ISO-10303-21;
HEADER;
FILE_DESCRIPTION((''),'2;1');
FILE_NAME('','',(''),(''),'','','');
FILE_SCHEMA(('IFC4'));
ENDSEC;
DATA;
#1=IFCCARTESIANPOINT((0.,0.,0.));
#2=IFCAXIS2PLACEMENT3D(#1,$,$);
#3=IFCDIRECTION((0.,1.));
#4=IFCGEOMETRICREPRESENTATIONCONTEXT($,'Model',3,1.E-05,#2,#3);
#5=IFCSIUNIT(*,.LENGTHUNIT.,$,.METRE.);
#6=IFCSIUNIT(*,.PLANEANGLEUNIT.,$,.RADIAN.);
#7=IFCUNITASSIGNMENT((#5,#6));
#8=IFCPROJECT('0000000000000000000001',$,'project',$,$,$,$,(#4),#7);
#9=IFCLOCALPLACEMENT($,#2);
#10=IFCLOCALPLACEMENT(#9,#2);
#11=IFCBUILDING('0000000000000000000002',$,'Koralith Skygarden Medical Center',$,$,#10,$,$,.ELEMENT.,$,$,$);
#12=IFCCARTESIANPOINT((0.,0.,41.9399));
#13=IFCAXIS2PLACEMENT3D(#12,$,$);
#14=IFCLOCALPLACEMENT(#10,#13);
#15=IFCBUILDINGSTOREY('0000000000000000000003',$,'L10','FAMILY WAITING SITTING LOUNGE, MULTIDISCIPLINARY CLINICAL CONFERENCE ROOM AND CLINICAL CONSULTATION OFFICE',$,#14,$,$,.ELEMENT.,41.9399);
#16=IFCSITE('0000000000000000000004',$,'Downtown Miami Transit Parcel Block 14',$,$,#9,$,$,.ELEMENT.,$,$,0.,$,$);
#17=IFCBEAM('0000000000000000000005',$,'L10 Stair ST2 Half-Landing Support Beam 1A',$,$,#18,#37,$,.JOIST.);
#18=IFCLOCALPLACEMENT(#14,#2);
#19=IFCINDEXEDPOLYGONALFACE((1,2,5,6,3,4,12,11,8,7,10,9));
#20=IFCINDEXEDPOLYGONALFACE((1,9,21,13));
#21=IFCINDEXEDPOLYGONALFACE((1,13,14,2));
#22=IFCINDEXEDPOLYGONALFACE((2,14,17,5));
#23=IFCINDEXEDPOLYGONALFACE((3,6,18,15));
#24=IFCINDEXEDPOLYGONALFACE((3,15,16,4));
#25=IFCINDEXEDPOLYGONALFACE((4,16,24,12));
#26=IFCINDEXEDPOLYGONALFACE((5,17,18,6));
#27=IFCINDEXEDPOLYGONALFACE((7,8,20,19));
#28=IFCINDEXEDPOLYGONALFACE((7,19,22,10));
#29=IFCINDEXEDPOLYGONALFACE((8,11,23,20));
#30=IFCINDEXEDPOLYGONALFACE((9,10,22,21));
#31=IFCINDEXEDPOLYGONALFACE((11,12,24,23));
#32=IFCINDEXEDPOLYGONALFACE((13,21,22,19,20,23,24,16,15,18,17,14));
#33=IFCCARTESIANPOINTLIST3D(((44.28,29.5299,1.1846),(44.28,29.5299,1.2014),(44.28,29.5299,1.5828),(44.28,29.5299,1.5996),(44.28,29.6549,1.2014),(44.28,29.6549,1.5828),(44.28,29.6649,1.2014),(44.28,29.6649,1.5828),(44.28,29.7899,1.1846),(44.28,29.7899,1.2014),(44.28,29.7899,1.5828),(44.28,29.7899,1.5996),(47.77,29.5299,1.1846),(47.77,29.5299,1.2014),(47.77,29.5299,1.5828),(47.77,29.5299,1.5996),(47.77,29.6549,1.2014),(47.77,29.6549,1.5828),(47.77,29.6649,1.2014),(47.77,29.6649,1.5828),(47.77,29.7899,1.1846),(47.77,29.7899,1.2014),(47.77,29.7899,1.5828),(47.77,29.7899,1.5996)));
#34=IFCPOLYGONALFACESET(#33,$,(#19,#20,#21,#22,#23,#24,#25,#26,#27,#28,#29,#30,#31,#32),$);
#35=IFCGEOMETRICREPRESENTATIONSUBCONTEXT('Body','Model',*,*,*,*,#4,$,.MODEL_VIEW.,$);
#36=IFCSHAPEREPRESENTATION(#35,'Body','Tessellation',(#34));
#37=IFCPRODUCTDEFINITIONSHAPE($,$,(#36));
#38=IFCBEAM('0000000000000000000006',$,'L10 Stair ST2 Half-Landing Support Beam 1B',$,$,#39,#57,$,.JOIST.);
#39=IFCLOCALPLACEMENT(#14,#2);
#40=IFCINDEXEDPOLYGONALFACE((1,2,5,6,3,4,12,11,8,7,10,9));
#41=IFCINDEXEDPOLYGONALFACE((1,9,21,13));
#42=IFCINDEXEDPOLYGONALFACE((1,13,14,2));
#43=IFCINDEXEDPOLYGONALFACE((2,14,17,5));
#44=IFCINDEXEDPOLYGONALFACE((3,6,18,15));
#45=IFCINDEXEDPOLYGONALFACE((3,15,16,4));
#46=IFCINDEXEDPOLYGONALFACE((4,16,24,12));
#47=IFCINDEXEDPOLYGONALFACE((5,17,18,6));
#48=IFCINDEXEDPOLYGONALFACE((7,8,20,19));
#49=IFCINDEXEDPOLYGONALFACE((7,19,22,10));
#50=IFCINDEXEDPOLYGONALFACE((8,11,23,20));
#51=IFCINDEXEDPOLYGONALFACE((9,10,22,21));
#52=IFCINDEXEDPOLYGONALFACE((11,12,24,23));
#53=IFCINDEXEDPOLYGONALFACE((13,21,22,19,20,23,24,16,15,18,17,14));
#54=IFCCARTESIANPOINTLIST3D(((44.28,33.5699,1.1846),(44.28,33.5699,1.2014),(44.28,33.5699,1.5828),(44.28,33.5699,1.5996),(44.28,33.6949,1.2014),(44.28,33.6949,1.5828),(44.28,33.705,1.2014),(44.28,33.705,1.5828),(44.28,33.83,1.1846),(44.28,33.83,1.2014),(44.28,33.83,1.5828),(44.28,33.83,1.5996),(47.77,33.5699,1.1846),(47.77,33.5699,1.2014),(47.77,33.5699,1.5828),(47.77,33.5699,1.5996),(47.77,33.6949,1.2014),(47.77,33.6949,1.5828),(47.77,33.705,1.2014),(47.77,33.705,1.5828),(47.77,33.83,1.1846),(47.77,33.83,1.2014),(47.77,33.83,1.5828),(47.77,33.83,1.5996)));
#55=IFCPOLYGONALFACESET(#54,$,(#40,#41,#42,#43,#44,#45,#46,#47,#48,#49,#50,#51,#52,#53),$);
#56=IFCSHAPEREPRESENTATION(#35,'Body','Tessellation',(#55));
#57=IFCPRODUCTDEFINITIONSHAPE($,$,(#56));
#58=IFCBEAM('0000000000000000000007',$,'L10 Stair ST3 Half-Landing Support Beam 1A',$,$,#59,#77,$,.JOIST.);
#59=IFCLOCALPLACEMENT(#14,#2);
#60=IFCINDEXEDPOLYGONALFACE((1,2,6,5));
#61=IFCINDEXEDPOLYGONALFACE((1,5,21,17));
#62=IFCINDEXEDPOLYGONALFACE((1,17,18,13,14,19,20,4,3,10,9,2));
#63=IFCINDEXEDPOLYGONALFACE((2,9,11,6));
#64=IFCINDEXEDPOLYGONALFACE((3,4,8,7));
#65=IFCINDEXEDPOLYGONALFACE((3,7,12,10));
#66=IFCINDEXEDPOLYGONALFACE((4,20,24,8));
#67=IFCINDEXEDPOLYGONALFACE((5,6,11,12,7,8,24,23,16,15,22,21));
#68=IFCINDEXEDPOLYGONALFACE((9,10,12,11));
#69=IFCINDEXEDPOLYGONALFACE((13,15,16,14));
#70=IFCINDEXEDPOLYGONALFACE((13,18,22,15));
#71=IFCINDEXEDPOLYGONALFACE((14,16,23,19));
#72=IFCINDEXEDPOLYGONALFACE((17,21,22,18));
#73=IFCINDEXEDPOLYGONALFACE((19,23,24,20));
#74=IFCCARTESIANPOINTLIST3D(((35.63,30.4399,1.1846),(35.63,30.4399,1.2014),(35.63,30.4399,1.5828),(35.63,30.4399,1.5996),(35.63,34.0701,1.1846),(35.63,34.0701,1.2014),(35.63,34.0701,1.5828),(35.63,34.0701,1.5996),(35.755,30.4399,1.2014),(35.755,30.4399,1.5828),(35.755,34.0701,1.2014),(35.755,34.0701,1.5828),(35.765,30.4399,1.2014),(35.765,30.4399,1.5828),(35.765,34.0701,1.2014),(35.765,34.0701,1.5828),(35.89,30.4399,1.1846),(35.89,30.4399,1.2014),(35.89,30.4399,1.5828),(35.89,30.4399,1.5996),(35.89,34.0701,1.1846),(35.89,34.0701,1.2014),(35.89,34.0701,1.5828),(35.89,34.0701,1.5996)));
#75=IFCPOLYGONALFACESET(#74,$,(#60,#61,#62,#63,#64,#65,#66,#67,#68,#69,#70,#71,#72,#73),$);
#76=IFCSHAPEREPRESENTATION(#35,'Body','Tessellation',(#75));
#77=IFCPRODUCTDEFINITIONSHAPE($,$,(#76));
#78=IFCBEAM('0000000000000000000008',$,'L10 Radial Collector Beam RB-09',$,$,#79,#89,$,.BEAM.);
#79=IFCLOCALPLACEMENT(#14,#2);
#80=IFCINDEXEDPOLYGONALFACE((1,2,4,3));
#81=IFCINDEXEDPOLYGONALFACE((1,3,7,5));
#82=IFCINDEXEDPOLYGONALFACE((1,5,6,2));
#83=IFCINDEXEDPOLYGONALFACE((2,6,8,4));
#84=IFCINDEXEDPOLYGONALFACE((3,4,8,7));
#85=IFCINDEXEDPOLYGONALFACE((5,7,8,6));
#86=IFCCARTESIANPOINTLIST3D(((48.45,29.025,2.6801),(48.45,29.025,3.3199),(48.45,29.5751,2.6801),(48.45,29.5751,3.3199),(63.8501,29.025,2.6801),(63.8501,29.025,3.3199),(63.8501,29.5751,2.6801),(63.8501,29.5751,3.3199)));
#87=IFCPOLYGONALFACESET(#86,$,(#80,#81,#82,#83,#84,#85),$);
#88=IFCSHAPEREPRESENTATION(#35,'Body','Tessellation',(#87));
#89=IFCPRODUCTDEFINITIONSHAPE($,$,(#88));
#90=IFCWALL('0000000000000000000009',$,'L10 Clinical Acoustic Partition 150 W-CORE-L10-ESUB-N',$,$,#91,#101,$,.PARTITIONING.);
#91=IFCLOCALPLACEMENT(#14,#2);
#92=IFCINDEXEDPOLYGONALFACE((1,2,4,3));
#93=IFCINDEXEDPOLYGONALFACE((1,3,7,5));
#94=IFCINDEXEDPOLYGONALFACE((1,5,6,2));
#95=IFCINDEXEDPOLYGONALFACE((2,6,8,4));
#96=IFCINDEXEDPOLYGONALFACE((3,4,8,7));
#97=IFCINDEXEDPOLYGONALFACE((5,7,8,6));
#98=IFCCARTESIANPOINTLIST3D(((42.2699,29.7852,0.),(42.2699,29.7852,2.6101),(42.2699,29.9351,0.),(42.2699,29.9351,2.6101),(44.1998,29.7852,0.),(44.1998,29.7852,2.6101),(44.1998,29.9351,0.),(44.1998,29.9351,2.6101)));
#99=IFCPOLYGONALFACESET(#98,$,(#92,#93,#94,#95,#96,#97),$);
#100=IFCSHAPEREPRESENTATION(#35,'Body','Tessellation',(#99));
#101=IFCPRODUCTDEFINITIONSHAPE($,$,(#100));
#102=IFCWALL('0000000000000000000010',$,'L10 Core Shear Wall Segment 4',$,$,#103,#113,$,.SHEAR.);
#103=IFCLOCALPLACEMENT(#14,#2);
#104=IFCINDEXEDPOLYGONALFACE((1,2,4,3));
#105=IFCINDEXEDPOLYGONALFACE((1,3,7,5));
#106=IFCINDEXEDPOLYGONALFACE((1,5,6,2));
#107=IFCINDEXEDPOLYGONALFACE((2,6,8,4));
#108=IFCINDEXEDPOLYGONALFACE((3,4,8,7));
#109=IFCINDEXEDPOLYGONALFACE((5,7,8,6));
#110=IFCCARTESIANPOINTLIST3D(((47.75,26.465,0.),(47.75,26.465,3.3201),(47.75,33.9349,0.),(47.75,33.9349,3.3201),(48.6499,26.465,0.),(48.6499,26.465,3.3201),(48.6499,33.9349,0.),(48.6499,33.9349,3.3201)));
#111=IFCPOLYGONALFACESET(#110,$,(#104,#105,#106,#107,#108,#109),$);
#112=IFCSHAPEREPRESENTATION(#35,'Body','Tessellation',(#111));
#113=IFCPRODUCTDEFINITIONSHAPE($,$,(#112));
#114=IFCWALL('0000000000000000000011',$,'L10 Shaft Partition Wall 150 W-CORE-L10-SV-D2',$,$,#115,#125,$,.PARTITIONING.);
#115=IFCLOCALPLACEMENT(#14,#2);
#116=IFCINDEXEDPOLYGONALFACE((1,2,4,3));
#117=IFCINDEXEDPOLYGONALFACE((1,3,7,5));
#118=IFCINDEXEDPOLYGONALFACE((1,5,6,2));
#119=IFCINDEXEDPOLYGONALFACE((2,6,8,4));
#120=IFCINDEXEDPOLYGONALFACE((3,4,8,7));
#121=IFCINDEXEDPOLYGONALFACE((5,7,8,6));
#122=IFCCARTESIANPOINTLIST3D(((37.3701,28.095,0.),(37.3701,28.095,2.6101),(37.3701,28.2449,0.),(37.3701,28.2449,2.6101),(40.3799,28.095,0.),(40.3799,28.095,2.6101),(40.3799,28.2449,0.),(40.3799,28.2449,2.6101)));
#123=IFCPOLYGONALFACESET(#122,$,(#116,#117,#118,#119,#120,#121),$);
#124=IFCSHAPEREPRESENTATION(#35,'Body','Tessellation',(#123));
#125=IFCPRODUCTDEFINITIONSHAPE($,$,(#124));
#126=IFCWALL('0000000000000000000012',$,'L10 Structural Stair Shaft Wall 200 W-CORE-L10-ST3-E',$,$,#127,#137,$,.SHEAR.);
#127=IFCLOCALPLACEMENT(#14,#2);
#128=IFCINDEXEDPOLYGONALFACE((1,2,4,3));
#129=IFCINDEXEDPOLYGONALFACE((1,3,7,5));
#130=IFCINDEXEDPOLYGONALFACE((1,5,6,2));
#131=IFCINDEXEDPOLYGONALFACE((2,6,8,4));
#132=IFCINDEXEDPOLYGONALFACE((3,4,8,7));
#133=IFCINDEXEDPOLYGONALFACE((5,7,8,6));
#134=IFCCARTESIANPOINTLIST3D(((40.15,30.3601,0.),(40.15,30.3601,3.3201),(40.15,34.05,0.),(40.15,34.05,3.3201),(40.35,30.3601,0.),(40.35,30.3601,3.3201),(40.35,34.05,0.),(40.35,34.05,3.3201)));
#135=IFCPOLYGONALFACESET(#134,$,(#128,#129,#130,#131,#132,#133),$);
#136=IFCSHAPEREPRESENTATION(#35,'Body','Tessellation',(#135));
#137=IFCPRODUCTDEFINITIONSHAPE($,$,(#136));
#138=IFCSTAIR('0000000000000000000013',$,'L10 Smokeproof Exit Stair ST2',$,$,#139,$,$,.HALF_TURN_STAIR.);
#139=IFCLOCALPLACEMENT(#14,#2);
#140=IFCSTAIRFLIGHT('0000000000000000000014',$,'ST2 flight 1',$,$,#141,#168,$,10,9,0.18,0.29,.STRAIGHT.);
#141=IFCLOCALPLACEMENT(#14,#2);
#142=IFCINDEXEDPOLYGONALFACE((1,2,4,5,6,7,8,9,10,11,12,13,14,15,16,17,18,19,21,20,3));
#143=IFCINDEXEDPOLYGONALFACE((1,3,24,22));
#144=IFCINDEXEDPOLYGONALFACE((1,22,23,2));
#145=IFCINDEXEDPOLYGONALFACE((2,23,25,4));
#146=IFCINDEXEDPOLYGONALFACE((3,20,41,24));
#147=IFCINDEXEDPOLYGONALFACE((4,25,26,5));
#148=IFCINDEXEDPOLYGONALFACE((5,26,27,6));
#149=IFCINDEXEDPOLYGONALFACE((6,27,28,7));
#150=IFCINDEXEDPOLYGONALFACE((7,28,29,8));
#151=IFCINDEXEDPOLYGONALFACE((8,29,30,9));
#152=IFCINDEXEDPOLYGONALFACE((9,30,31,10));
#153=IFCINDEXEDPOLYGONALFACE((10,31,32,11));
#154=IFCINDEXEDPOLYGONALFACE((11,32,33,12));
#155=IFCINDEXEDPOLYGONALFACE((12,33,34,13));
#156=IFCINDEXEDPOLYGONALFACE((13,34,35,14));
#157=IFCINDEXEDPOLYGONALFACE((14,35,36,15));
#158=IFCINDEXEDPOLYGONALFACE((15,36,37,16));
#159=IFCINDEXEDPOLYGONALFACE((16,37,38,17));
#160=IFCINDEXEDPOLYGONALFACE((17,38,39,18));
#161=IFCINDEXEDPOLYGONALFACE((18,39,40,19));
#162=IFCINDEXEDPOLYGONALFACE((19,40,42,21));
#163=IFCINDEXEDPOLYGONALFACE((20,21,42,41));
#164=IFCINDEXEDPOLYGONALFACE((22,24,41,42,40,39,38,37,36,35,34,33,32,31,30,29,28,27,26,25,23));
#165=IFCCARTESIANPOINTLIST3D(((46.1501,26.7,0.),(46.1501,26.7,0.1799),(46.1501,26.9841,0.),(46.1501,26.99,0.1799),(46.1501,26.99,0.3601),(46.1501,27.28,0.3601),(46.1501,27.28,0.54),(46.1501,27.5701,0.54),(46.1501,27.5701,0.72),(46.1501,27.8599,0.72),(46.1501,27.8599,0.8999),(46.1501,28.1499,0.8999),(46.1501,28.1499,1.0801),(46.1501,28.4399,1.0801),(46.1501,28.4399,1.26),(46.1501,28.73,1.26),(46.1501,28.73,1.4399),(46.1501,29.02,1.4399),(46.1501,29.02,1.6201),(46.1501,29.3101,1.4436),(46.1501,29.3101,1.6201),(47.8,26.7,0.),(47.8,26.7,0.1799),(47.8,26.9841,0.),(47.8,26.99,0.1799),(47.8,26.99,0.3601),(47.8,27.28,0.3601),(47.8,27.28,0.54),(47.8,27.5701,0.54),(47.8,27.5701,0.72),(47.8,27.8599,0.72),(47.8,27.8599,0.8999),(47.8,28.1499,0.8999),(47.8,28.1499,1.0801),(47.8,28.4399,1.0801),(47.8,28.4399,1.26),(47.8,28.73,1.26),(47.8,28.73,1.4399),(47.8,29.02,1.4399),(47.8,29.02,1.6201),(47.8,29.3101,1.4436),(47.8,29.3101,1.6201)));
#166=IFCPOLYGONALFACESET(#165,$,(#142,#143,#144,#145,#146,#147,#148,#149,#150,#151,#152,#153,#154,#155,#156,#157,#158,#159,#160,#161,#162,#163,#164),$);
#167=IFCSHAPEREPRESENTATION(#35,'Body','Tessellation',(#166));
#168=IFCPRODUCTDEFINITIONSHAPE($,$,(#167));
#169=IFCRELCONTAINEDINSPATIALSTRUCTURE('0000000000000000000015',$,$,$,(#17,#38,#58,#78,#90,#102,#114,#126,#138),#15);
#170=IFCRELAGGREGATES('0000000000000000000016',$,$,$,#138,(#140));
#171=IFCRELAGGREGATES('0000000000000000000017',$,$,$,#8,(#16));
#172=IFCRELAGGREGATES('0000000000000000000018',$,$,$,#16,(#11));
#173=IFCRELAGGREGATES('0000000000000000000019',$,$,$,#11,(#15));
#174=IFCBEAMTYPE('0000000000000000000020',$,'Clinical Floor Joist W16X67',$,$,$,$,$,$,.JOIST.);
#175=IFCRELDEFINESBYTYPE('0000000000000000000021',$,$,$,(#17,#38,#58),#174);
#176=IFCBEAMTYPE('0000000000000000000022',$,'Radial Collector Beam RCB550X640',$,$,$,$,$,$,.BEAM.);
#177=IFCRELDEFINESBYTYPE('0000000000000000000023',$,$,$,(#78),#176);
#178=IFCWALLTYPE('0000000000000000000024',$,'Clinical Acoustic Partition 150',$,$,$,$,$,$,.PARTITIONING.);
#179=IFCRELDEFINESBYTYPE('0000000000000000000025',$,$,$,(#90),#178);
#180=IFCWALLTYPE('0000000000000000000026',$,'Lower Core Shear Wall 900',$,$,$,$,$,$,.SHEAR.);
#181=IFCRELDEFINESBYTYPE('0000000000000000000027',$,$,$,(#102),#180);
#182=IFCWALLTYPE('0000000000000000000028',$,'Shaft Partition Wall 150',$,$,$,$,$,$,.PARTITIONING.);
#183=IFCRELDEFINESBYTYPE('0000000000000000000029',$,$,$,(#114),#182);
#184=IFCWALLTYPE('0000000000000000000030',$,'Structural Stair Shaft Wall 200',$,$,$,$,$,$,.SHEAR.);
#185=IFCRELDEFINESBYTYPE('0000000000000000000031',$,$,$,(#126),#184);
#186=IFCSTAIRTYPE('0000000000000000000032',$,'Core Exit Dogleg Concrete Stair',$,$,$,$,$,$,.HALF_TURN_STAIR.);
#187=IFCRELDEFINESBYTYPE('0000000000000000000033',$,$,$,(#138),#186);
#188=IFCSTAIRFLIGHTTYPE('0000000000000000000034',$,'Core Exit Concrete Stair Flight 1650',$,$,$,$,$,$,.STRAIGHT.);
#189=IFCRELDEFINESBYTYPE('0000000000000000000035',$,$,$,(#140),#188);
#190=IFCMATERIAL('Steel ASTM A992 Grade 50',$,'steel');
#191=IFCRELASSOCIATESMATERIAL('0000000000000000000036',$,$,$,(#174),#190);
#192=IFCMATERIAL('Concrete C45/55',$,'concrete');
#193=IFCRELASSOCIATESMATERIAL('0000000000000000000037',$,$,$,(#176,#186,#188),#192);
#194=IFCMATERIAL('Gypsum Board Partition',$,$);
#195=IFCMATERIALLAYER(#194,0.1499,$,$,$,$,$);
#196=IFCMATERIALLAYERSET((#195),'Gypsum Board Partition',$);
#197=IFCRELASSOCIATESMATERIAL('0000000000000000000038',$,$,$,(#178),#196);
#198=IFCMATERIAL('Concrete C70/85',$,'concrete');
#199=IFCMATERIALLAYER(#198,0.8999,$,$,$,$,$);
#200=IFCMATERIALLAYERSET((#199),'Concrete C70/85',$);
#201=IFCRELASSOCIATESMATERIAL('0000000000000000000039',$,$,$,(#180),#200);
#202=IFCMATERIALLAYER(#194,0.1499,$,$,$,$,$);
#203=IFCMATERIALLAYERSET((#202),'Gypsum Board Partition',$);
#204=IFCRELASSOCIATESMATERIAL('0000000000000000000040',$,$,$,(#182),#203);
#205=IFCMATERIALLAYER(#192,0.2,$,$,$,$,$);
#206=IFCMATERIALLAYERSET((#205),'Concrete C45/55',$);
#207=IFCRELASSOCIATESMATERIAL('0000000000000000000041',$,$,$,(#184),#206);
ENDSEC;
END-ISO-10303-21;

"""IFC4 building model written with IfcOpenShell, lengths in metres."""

from ifc_helpers import new_model, si_unit, direction, frame, frame_2d, origin, origin_2d, place, context, subcontext, project, spatial, polyline, rectangle, i_section, outline, extrude, material, layer, layer_set, material_profile, profile_set, type_object, element, aggregate, save


model = new_model("IFC4")

# Units and contexts
model_context = context("Model", 3, precision=1e-05, world=origin(), true_north=direction((0.0, 1.0)))
body_context = subcontext(model_context, "Body", "Model", "MODEL_VIEW")
ifc_project = project(units=[si_unit("LENGTHUNIT", "METRE"), si_unit("PLANEANGLEUNIT", "RADIAN")], contexts=[model_context])

# Site, building, storey
site_placement = place(None, origin())
site = spatial("IfcSite", under=ifc_project, at=site_placement, Name="Downtown Miami Transit Parcel Block 14", CompositionType="ELEMENT", RefElevation=0.0)
building_placement = place(site_placement, origin())
building = spatial("IfcBuilding", under=site, at=building_placement, Name="Koralith Skygarden Medical Center", CompositionType="ELEMENT")
storey_placement = place(building_placement, frame((0.0, 0.0, 41.9399)))
storey = spatial("IfcBuildingStorey", under=building, at=storey_placement, Name="L10", Description="FAMILY WAITING SITTING LOUNGE, MULTIDISCIPLINARY CLINICAL CONFERENCE ROOM AND CLINICAL CONSULTATION OFFICE", CompositionType="ELEMENT", Elevation=41.9399)

# Beams
ifc_material_1 = material(Name="Steel ASTM A992 Grade 50", Category="steel")
ifc_material_profile_1 = material_profile(ifc_material_1, i_section(OverallWidth=0.26, OverallDepth=0.415, WebThickness=0.01, FlangeThickness=0.0168, at=origin_2d()), Name="W16X67")
ifc_profile_set_1 = profile_set([ifc_material_profile_1], Name="Steel ASTM A992 Grade 50")
beam_type_1 = type_object("IfcBeamType", Name="Clinical Floor Joist W16X67", PredefinedType="JOIST", material=ifc_profile_set_1)
for number, where, z_axis, x_axis, name in (
    (1, (44.28, 29.6599, 1.3921), (1.0, 0.0, 0.0), (0.0, 1.0, 0.0), "L10 Stair ST2 Half-Landing Support Beam 1A"),
    (2, (44.28, 33.7, 1.3921), (1.0, 0.0, 0.0), (0.0, 1.0, 0.0), "L10 Stair ST2 Half-Landing Support Beam 1B"),
):
    element("IfcBeam", number, at=place(storey_placement, frame(where, z_axis=z_axis, x_axis=x_axis)), inside=storey, type_object=beam_type_1, Name=name, PredefinedType="JOIST", context=body_context, shape_type="SweptSolid", body=[
        extrude(i_section(OverallWidth=0.26, OverallDepth=0.415, WebThickness=0.01, FlangeThickness=0.0168, at=origin_2d()), origin(), (0.0, 0.0, 1.0), 3.49),
    ])
beam_1_placement = place(storey_placement, frame((35.76, 30.4399, 1.3921), z_axis=(0.0, 1.0, 0.0), x_axis=(-1.0, 0.0, 0.0)))
element("IfcBeam", 3, at=beam_1_placement, inside=storey, type_object=beam_type_1, Name="L10 Stair ST3 Half-Landing Support Beam 1A", PredefinedType="JOIST", context=body_context, shape_type="SweptSolid", body=[
    extrude(i_section(OverallWidth=0.26, OverallDepth=0.415, WebThickness=0.01, FlangeThickness=0.0168, at=origin_2d()), origin(), (0.0, 0.0, 1.0), 3.6301),
])
ifc_material_2 = material(Name="Concrete C45/55", Category="concrete")
ifc_material_profile_2 = material_profile(ifc_material_2, rectangle(XDim=0.55, YDim=0.6399, at=origin_2d()), Name="RCB550X640")
ifc_profile_set_2 = profile_set([ifc_material_profile_2], Name="Concrete C45/55")
beam_type_2 = type_object("IfcBeamType", Name="Radial Collector Beam RCB550X640", PredefinedType="BEAM", material=ifc_profile_set_2)
beam_2_placement = place(storey_placement, frame((48.45, 29.3, 3.0), z_axis=(1.0, 0.0, 0.0), x_axis=(0.0, 1.0, 0.0)))
element("IfcBeam", 4, at=beam_2_placement, inside=storey, type_object=beam_type_2, Name="L10 Radial Collector Beam RB-09", PredefinedType="BEAM", context=body_context, shape_type="SweptSolid", body=[
    extrude(rectangle(XDim=0.55, YDim=0.6399, at=origin_2d()), origin(), (0.0, 0.0, 1.0), 15.4001),
])

# Walls
ifc_material_3 = material(Name="Gypsum Board Partition")
ifc_layer_1 = layer(ifc_material_3, 0.1499)
ifc_layer_set_1 = layer_set([ifc_layer_1], Name="Gypsum Board Partition")
wall_type_1 = type_object("IfcWallType", Name="Clinical Acoustic Partition 150", PredefinedType="PARTITIONING", material=ifc_layer_set_1)
wall_1_placement = place(storey_placement, frame((42.27, 29.8601, 0.0), z_axis=(0.0, 0.0, 1.0), x_axis=(1.0, 0.0, 0.0)))
element("IfcWall", 5, at=wall_1_placement, inside=storey, type_object=wall_type_1, Name="L10 Clinical Acoustic Partition 150 W-CORE-L10-ESUB-N", PredefinedType="PARTITIONING", context=body_context, shape_type="SweptSolid", body=[
    extrude(rectangle(XDim=1.9299, YDim=0.1499, at=frame_2d((0.9648, 0.0))), origin(), (0.0, 0.0, 1.0), 2.6101),
])
ifc_material_4 = material(Name="Concrete C70/85", Category="concrete")
ifc_layer_2 = layer(ifc_material_4, 0.8999)
ifc_layer_set_2 = layer_set([ifc_layer_2], Name="Concrete C70/85")
wall_type_2 = type_object("IfcWallType", Name="Lower Core Shear Wall 900", PredefinedType="SHEAR", material=ifc_layer_set_2)
wall_2_placement = place(storey_placement, frame((48.2, 26.4651, 0.0), z_axis=(0.0, 0.0, 1.0), x_axis=(0.0, 1.0, 0.0)))
element("IfcWall", 6, at=wall_2_placement, inside=storey, type_object=wall_type_2, Name="L10 Core Shear Wall Segment 4", PredefinedType="SHEAR", context=body_context, shape_type="SweptSolid", body=[
    extrude(rectangle(XDim=7.47, YDim=0.8999, at=frame_2d((3.7349, 0.0))), origin(), (0.0, 0.0, 1.0), 3.3201),
])
ifc_layer_3 = layer(ifc_material_3, 0.1499)
ifc_layer_set_3 = layer_set([ifc_layer_3], Name="Gypsum Board Partition")
wall_type_3 = type_object("IfcWallType", Name="Shaft Partition Wall 150", PredefinedType="PARTITIONING", material=ifc_layer_set_3)
wall_3_placement = place(storey_placement, frame((37.3701, 28.1699, 0.0), z_axis=(0.0, 0.0, 1.0), x_axis=(1.0, 0.0, 0.0)))
element("IfcWall", 7, at=wall_3_placement, inside=storey, type_object=wall_type_3, Name="L10 Shaft Partition Wall 150 W-CORE-L10-SV-D2", PredefinedType="PARTITIONING", context=body_context, shape_type="SweptSolid", body=[
    extrude(rectangle(XDim=3.0098, YDim=0.1499, at=frame_2d((1.5049, 0.0))), origin(), (0.0, 0.0, 1.0), 2.6101),
])
ifc_layer_4 = layer(ifc_material_2, 0.2)
ifc_layer_set_4 = layer_set([ifc_layer_4], Name="Concrete C45/55")
wall_type_4 = type_object("IfcWallType", Name="Structural Stair Shaft Wall 200", PredefinedType="SHEAR", material=ifc_layer_set_4)
wall_4_placement = place(storey_placement, frame((40.25, 30.3601, 0.0), z_axis=(0.0, 0.0, 1.0), x_axis=(0.0, 1.0, 0.0)))
element("IfcWall", 8, at=wall_4_placement, inside=storey, type_object=wall_type_4, Name="L10 Structural Stair Shaft Wall 200 W-CORE-L10-ST3-E", PredefinedType="SHEAR", context=body_context, shape_type="SweptSolid", body=[
    extrude(rectangle(XDim=3.6899, YDim=0.2, at=frame_2d((1.845, 0.0))), origin(), (0.0, 0.0, 1.0), 3.3201),
])

# Stair, stair flight
stair_type = type_object("IfcStairType", Name="Core Exit Dogleg Concrete Stair", PredefinedType="HALF_TURN_STAIR", material=ifc_material_2)
stair_placement = place(storey_placement, origin())
stair = element("IfcStair", 9, at=stair_placement, inside=storey, type_object=stair_type, Name="L10 Smokeproof Exit Stair ST2", PredefinedType="HALF_TURN_STAIR")
stair_flight_type = type_object("IfcStairFlightType", Name="Core Exit Concrete Stair Flight 1650", PredefinedType="STRAIGHT", material=ifc_material_2)
stair_flight_1_placement = place(storey_placement, frame((46.9751, 26.7, 0.0), z_axis=(0.0, 0.0, 1.0), x_axis=(0.0, 1.0, 0.0)))
stair_flight_1 = element("IfcStairFlight", 10, at=stair_flight_1_placement, type_object=stair_flight_type, Name="ST2 flight 1", NumberOfRisers=10, NumberOfTreads=9, PredefinedType="STRAIGHT", RiserHeight=0.18, TreadLength=0.29, context=body_context, shape_type="SweptSolid", body=[
    extrude(outline(polyline([(0.0, 0.0), (0.0, 0.1799), (0.29, 0.1799), (0.29, 0.3601), (0.5801, 0.3601), (0.5801, 0.54), (0.8701, 0.54), (0.8701, 0.72), (1.1599, 0.72), (1.1599, 0.8999), (1.45, 0.8999), (1.45, 1.0801), (1.74, 1.0801), (1.74, 1.26), (2.03, 1.26), (2.03, 1.4399), (2.3201, 1.4399), (2.3201, 1.6201), (2.6101, 1.6201), (2.6101, 1.8), (2.6101, 1.4436), (0.2842, 0.0), (0.0, 0.0)])), frame((0.0, 0.825, 0.0), z_axis=(0.0, -1.0, 0.0), x_axis=(1.0, 0.0, 0.0)), (0.0, 0.0, 1.0), 1.6499),
])
aggregate(stair, [stair_flight_1])

save(model, "model.ifc")
